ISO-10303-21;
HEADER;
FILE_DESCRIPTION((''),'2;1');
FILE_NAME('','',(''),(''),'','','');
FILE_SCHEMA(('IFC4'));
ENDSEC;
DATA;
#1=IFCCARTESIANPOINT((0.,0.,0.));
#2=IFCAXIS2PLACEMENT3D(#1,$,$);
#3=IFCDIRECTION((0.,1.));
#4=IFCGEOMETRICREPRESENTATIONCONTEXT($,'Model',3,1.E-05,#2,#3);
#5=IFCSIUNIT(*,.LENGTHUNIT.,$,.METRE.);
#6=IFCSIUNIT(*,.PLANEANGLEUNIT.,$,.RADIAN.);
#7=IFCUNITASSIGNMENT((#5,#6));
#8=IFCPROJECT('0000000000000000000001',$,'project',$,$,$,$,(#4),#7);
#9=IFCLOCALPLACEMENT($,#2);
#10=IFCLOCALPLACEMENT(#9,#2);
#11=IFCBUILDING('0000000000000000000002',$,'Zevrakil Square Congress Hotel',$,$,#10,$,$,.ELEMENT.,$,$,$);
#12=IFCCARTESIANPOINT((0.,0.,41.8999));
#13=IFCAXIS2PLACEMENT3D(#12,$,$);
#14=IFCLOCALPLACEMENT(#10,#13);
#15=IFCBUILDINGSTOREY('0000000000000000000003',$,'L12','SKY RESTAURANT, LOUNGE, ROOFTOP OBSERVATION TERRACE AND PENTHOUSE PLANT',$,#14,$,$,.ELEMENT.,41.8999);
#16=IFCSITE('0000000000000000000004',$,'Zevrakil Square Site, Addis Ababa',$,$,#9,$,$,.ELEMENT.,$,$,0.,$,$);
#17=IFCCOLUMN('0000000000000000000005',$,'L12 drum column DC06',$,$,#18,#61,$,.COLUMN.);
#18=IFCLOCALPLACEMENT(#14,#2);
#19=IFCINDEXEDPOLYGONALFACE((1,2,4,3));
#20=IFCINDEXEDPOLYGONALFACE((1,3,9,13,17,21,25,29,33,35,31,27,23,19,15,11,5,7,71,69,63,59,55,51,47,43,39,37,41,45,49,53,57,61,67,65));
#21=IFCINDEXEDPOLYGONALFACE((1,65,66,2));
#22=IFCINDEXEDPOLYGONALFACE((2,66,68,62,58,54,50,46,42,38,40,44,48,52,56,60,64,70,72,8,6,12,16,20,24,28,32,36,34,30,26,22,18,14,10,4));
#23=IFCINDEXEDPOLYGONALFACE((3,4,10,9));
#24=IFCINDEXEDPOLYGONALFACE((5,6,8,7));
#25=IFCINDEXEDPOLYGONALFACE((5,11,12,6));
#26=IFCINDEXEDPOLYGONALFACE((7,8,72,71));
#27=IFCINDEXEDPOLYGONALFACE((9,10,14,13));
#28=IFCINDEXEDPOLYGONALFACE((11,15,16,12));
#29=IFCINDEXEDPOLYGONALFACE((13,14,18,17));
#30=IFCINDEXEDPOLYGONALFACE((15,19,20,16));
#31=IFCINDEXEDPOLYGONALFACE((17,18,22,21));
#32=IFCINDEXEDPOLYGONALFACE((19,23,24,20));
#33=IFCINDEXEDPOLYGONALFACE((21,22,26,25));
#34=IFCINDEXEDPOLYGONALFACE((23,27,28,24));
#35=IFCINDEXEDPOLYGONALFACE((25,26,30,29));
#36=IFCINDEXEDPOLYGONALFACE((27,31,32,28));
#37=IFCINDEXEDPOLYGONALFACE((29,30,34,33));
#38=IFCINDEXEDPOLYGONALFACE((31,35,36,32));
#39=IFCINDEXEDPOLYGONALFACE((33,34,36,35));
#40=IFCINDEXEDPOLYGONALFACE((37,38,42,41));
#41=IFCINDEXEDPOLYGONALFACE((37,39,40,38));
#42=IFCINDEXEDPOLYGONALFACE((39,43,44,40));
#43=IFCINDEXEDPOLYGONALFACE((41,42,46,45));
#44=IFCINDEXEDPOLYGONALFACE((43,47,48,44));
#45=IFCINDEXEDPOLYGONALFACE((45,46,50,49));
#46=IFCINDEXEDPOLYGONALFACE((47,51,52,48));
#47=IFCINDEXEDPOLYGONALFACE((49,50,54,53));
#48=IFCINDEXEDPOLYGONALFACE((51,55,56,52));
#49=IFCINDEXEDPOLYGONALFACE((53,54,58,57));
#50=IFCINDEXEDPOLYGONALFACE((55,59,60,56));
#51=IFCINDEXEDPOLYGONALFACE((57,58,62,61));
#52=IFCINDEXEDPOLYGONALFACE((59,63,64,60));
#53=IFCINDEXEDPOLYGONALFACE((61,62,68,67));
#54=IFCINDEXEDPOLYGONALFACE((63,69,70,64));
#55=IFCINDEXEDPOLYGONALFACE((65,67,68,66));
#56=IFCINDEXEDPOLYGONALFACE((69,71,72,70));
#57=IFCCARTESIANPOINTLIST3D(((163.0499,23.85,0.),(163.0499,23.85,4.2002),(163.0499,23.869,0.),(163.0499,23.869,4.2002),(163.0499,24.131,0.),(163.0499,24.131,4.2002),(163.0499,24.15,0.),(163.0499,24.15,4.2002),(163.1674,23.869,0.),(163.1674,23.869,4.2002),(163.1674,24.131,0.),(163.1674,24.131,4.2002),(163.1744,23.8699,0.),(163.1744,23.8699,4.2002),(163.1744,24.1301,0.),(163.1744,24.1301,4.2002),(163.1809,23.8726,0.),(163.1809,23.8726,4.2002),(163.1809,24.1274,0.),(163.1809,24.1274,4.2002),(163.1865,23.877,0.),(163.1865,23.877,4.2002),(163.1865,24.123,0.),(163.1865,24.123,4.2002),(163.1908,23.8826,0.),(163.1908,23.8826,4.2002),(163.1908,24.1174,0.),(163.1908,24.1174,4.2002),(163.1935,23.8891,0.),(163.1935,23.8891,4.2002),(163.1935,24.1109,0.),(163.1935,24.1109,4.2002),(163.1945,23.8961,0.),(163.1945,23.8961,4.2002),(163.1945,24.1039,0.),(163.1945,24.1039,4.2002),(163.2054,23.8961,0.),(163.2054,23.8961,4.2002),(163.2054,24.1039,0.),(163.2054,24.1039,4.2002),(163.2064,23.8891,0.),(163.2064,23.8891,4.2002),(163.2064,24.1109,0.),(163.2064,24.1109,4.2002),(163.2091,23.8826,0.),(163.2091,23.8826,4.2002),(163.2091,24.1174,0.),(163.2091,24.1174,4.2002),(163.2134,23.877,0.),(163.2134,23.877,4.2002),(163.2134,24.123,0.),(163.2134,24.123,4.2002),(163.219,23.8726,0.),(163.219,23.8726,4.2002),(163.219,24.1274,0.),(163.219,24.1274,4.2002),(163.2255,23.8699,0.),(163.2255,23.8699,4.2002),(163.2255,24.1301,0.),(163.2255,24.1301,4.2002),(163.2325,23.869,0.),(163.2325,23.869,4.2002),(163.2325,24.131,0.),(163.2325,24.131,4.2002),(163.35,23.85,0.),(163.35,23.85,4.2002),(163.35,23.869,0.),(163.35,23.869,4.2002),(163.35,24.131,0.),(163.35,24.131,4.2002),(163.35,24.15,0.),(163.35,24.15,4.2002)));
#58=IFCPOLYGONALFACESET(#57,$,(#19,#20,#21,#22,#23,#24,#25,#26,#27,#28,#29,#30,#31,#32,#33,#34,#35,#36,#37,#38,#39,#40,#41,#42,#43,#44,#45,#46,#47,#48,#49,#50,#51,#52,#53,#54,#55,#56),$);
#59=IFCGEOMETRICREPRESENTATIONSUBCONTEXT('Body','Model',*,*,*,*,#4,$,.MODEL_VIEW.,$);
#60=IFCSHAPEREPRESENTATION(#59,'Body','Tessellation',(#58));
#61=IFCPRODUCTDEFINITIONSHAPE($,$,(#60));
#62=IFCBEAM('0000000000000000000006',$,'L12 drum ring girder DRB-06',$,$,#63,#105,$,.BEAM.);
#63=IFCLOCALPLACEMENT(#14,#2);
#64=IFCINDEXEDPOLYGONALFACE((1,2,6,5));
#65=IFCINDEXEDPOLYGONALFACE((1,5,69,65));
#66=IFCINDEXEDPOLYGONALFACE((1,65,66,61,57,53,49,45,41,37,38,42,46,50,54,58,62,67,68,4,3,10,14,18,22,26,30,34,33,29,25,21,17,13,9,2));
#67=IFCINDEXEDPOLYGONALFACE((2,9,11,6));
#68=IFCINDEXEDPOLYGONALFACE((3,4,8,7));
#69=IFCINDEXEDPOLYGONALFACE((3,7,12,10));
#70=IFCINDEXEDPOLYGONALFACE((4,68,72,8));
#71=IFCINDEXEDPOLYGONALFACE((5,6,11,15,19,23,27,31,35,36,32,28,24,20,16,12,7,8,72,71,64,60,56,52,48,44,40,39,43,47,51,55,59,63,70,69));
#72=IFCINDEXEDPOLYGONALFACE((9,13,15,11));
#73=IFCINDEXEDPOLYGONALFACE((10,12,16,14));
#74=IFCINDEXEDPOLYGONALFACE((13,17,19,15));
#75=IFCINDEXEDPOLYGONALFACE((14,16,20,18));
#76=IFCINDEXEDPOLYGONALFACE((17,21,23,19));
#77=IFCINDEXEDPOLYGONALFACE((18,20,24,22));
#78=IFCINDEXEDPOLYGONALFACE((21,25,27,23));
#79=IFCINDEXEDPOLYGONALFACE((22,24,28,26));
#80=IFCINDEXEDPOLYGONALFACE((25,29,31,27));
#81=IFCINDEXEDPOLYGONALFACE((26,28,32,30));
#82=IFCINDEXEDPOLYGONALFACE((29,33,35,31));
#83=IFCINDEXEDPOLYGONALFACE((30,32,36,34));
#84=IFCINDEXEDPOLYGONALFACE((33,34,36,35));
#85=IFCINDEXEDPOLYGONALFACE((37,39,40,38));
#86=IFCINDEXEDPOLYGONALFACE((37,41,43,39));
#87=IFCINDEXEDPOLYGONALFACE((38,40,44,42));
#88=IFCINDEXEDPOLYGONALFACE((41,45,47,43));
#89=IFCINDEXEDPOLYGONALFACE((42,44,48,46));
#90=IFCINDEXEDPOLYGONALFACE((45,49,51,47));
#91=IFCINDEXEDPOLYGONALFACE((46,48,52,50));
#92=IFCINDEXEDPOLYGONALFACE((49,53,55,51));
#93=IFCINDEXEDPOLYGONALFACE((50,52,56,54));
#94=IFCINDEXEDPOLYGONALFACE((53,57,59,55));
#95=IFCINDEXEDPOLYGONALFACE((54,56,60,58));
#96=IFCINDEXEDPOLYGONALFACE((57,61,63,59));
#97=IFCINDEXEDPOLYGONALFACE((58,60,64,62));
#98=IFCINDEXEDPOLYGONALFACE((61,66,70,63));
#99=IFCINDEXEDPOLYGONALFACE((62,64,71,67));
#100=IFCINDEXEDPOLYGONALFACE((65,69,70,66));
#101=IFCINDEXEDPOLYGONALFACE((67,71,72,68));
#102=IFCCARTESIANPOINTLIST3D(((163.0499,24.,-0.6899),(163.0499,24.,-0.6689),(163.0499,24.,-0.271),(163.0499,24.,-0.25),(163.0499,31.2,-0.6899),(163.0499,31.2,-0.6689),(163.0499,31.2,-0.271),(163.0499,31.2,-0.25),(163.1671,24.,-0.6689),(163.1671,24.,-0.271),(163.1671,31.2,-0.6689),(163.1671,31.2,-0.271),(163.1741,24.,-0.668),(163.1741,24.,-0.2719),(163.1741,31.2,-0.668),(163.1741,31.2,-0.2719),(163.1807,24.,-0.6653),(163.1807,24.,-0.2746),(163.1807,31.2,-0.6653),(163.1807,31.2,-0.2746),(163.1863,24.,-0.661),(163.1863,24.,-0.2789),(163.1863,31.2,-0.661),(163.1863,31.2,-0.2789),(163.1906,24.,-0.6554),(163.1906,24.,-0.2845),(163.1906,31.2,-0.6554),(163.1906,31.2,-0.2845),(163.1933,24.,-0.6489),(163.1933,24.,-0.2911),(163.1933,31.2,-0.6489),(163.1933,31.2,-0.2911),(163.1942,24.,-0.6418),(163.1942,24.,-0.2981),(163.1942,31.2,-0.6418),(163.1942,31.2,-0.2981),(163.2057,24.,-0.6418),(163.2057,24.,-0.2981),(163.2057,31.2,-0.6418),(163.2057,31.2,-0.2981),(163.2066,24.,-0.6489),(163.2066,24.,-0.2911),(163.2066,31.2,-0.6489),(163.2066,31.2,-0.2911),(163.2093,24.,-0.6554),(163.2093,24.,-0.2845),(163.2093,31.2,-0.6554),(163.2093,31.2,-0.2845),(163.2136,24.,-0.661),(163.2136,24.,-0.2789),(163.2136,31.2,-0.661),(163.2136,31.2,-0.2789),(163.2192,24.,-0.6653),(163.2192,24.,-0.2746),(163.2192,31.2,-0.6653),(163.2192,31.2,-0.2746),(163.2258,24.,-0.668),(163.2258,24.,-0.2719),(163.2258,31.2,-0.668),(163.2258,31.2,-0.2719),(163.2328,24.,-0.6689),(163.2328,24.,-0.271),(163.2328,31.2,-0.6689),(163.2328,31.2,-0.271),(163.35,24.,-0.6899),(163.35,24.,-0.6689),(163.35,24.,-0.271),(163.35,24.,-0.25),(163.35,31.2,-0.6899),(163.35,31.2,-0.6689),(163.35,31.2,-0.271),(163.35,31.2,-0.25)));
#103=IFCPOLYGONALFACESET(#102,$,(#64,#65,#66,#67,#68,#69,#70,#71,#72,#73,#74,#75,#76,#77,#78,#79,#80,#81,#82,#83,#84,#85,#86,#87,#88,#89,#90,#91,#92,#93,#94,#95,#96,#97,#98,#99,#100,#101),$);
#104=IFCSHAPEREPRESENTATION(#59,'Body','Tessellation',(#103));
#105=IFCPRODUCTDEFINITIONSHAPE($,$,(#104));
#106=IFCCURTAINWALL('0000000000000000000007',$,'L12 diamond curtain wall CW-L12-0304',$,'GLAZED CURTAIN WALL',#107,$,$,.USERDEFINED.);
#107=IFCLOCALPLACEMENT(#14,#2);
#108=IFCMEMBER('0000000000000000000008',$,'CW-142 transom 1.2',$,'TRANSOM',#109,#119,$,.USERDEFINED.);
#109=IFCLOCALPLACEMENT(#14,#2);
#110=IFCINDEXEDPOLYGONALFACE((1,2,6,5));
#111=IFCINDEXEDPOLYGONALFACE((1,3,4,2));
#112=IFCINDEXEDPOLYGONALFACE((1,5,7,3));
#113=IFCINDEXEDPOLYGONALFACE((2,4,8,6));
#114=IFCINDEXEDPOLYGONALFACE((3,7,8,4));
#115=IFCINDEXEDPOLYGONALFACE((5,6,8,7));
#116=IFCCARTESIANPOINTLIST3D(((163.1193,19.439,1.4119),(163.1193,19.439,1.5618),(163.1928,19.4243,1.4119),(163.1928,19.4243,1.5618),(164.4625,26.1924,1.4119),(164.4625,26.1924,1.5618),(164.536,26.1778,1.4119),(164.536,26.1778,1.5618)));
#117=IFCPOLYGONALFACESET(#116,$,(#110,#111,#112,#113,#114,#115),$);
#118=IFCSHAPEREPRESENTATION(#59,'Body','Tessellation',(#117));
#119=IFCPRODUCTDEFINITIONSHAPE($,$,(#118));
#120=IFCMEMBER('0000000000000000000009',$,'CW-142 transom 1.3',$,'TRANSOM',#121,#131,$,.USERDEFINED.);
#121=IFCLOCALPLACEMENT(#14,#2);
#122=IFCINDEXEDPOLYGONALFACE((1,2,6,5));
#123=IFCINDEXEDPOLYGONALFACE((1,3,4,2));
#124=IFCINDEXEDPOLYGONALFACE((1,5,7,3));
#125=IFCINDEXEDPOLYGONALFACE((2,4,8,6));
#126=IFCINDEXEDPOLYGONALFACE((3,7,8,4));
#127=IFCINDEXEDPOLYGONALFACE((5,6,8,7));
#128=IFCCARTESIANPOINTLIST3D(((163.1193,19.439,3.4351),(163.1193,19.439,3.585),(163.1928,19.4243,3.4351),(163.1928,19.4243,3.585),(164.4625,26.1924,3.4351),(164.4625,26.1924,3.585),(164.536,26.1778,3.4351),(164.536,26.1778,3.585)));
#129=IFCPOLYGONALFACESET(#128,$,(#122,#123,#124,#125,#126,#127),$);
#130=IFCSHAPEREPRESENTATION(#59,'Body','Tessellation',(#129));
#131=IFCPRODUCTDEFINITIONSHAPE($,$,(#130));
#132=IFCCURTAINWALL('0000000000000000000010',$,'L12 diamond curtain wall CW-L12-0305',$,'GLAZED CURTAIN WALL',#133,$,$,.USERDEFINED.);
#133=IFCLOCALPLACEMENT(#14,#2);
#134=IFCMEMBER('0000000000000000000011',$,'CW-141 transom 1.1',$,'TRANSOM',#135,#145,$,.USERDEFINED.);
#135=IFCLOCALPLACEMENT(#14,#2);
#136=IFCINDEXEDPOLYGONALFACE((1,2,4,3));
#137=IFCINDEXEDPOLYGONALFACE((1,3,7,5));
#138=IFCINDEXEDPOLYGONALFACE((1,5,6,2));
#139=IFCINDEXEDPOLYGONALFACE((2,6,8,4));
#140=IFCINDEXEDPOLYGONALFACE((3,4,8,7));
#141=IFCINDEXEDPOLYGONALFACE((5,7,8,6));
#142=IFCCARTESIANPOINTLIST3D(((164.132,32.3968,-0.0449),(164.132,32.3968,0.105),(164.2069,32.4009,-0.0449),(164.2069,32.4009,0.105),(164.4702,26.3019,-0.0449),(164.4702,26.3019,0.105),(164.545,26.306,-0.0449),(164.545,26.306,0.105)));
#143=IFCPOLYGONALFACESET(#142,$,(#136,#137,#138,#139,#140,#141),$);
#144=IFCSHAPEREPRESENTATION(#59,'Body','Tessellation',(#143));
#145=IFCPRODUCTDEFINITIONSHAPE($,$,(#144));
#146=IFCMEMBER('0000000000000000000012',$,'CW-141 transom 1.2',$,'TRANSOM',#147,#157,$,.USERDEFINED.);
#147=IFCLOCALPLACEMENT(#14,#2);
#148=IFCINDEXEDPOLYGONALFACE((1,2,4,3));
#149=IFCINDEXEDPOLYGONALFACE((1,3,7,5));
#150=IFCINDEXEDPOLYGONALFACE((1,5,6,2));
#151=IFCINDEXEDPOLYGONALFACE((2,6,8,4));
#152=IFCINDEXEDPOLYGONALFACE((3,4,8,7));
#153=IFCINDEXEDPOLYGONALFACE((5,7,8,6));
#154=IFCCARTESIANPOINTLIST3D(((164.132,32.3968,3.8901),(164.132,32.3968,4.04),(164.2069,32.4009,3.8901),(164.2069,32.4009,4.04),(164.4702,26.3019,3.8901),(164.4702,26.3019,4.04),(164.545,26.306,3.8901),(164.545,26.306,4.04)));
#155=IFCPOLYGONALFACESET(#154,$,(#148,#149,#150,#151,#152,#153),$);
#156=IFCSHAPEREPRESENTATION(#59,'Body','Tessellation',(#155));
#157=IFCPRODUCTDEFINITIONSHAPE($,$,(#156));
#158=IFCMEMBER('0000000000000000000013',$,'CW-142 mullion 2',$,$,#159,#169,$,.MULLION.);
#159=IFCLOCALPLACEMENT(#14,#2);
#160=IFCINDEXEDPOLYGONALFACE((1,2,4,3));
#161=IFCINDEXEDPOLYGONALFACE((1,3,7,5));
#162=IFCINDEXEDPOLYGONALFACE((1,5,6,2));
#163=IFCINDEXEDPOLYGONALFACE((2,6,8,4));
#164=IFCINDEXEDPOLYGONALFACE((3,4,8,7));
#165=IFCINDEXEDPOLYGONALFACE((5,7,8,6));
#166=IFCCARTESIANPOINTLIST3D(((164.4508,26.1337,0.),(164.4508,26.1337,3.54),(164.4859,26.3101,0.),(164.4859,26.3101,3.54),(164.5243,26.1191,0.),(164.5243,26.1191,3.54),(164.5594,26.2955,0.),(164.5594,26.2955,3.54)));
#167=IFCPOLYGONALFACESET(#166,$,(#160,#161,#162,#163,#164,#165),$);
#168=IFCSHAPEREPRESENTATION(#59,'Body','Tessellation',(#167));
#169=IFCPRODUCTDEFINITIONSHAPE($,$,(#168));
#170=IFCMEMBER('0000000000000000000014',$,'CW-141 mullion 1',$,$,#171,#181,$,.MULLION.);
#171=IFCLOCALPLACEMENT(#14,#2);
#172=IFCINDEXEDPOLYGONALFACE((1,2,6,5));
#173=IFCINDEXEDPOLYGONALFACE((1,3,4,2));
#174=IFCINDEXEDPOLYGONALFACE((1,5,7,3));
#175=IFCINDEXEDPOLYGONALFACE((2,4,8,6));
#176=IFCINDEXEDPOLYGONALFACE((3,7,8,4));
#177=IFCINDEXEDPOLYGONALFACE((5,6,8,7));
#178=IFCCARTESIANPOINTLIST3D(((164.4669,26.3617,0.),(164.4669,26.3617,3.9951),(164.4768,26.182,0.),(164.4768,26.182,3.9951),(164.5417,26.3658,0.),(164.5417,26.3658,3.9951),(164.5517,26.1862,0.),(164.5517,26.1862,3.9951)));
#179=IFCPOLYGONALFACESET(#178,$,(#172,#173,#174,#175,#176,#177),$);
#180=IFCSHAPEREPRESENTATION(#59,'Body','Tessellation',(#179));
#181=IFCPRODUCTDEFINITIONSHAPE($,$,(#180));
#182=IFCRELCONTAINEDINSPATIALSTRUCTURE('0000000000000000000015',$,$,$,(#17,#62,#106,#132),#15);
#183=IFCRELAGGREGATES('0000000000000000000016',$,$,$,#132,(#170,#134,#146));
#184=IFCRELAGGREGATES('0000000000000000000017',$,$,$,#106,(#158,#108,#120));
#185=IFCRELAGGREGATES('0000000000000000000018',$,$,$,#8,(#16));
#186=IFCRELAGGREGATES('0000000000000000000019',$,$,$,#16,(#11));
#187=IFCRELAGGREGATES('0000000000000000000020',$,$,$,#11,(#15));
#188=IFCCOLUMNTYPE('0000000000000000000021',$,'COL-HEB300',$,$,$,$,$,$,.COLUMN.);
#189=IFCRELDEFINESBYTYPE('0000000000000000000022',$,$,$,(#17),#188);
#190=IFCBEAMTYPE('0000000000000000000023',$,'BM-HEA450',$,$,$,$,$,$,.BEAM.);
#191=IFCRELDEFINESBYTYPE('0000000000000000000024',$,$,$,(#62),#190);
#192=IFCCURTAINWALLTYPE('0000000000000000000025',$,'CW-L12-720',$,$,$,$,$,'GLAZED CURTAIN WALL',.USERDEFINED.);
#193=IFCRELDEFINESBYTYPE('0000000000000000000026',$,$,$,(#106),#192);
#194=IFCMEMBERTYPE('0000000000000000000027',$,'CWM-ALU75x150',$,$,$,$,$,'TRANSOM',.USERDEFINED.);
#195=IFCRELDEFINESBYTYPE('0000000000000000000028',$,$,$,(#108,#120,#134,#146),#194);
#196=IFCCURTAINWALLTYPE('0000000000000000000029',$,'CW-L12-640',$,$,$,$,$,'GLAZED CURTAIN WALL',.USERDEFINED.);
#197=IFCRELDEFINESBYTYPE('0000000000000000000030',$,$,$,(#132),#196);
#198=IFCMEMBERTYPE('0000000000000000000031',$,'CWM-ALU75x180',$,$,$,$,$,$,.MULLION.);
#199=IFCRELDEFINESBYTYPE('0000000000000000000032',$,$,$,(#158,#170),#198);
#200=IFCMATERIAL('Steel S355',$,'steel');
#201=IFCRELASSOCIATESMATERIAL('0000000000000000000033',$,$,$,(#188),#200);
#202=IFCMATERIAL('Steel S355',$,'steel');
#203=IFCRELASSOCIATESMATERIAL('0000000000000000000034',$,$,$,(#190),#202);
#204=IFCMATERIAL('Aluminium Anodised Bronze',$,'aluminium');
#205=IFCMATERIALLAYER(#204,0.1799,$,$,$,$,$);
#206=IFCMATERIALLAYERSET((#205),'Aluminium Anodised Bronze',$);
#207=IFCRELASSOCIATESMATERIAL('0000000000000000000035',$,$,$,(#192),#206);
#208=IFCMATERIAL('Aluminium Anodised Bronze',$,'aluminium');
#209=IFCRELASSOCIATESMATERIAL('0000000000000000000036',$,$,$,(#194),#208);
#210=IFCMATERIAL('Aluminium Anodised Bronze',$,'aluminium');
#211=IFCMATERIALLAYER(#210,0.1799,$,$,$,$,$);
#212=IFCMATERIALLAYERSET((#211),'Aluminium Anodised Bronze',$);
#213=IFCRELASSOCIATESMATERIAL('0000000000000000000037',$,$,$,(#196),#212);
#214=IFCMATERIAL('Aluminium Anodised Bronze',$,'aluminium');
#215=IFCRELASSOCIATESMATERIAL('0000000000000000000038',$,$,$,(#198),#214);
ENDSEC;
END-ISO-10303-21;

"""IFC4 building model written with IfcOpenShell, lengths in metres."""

from ifc_helpers import new_model, si_unit, direction, frame, origin, origin_2d, place, context, subcontext, project, spatial, rectangle, i_section, extrude, material, layer, layer_set, material_profile, profile_set, type_object, element, aggregate, save


model = new_model("IFC4")

# Units and contexts
model_context = context("Model", 3, precision=1e-05, world=origin(), true_north=direction((0.0, 1.0)))
body_context = subcontext(model_context, "Body", "Model", "MODEL_VIEW")
ifc_project = project(units=[si_unit("LENGTHUNIT", "METRE"), si_unit("PLANEANGLEUNIT", "RADIAN")], contexts=[model_context])

# Site, building, storey
site_placement = place(None, origin())
site = spatial("IfcSite", under=ifc_project, at=site_placement, Name="Zevrakil Square Site, Addis Ababa", CompositionType="ELEMENT", RefElevation=0.0)
building_placement = place(site_placement, origin())
building = spatial("IfcBuilding", under=site, at=building_placement, Name="Zevrakil Square Congress Hotel", CompositionType="ELEMENT")
storey_placement = place(building_placement, frame((0.0, 0.0, 41.8999)))
storey = spatial("IfcBuildingStorey", under=building, at=storey_placement, Name="L12", Description="SKY RESTAURANT, LOUNGE, ROOFTOP OBSERVATION TERRACE AND PENTHOUSE PLANT", CompositionType="ELEMENT", Elevation=41.8999)

# Column
ifc_material_1 = material(Name="Steel S355", Category="steel")
ifc_material_profile_1 = material_profile(ifc_material_1, i_section(OverallWidth=0.3, OverallDepth=0.3, WebThickness=0.011, FlangeThickness=0.019, FilletRadius=0.0271, at=origin_2d()), Name="HEB 300")
ifc_profile_set_1 = profile_set([ifc_material_profile_1], Name="Steel S355")
column_type = type_object("IfcColumnType", Name="COL-HEB300", PredefinedType="COLUMN", material=ifc_profile_set_1)
column_placement = place(storey_placement, frame((163.2, 24.0, 0.0), z_axis=(0.0, 0.0, 1.0), x_axis=(1.0, 0.0, 0.0)))
element("IfcColumn", 1, at=column_placement, inside=storey, type_object=column_type, Name="L12 drum column DC06", PredefinedType="COLUMN", context=body_context, shape_type="SweptSolid", body=[
    extrude(i_section(OverallWidth=0.3, OverallDepth=0.3, WebThickness=0.011, FlangeThickness=0.019, FilletRadius=0.0271, at=origin_2d()), origin(), (0.0, 0.0, 1.0), 4.2002),
])

# Beam
ifc_material_2 = material(Name="Steel S355", Category="steel")
ifc_material_profile_2 = material_profile(ifc_material_2, i_section(OverallWidth=0.3, OverallDepth=0.4399, WebThickness=0.0115, FlangeThickness=0.021, FilletRadius=0.0271, at=origin_2d()), Name="HEA 450")
ifc_profile_set_2 = profile_set([ifc_material_profile_2], Name="Steel S355")
beam_type_1 = type_object("IfcBeamType", Name="BM-HEA450", PredefinedType="BEAM", material=ifc_profile_set_2)
beam_1_placement = place(storey_placement, frame((163.2, 24.0, -0.47), z_axis=(0.0, 1.0, 0.0), x_axis=(-1.0, 0.0, 0.0)))
element("IfcBeam", 2, at=beam_1_placement, inside=storey, type_object=beam_type_1, Name="L12 drum ring girder DRB-06", PredefinedType="BEAM", context=body_context, shape_type="SweptSolid", body=[
    extrude(i_section(OverallWidth=0.3, OverallDepth=0.4399, WebThickness=0.0115, FlangeThickness=0.021, FilletRadius=0.0271, at=origin_2d()), origin(), (0.0, 0.0, 1.0), 7.2),
])

# Curtain walls, members
ifc_material_3 = material(Name="Aluminium Anodised Bronze", Category="aluminium")
ifc_layer_1 = layer(ifc_material_3, 0.1799)
ifc_layer_set_1 = layer_set([ifc_layer_1], Name="Aluminium Anodised Bronze")
curtain_wall_type_1 = type_object("IfcCurtainWallType", Name="CW-L12-720", ElementType="GLAZED CURTAIN WALL", PredefinedType="USERDEFINED", material=ifc_layer_set_1)
curtain_wall_1_placement = place(storey_placement, origin())
curtain_wall_1 = element("IfcCurtainWall", 3, at=curtain_wall_1_placement, inside=storey, type_object=curtain_wall_type_1, Name="L12 diamond curtain wall CW-L12-0304", ObjectType="GLAZED CURTAIN WALL", PredefinedType="USERDEFINED")
ifc_material_4 = material(Name="Aluminium Anodised Bronze", Category="aluminium")
ifc_material_profile_3 = material_profile(ifc_material_4, rectangle(XDim=0.075, YDim=0.1499, at=origin_2d()), Name="ALU 75x150")
ifc_profile_set_3 = profile_set([ifc_material_profile_3], Name="Aluminium Anodised Bronze")
member_type_1 = type_object("IfcMemberType", Name="CWM-ALU75x150", ElementType="TRANSOM", PredefinedType="USERDEFINED", material=ifc_profile_set_3)
member_1_placement = place(storey_placement, frame((163.156, 19.4316, 1.4868), z_axis=(0.19508, 0.980787, 0.0), x_axis=(-0.980787, 0.19508, 0.0)))
member_1 = element("IfcMember", 4, at=member_1_placement, type_object=member_type_1, Name="CW-142 transom 1.2", ObjectType="TRANSOM", PredefinedType="USERDEFINED", context=body_context, shape_type="SweptSolid", body=[
    extrude(rectangle(XDim=0.075, YDim=0.1499, at=origin_2d()), origin(), (0.0, 0.0, 1.0), 6.8857),
])
member_2_placement = place(storey_placement, frame((163.156, 19.4316, 3.51), z_axis=(0.19508, 0.980787, 0.0), x_axis=(-0.980787, 0.19508, 0.0)))
member_2 = element("IfcMember", 5, at=member_2_placement, type_object=member_type_1, Name="CW-142 transom 1.3", ObjectType="TRANSOM", PredefinedType="USERDEFINED", context=body_context, shape_type="SweptSolid", body=[
    extrude(rectangle(XDim=0.075, YDim=0.1499, at=origin_2d()), origin(), (0.0, 0.0, 1.0), 6.8857),
])
ifc_material_5 = material(Name="Aluminium Anodised Bronze", Category="aluminium")
ifc_layer_2 = layer(ifc_material_5, 0.1799)
ifc_layer_set_2 = layer_set([ifc_layer_2], Name="Aluminium Anodised Bronze")
curtain_wall_type_2 = type_object("IfcCurtainWallType", Name="CW-L12-640", ElementType="GLAZED CURTAIN WALL", PredefinedType="USERDEFINED", material=ifc_layer_set_2)
curtain_wall_2_placement = place(storey_placement, origin())
curtain_wall_2 = element("IfcCurtainWall", 6, at=curtain_wall_2_placement, inside=storey, type_object=curtain_wall_type_2, Name="L12 diamond curtain wall CW-L12-0305", ObjectType="GLAZED CURTAIN WALL", PredefinedType="USERDEFINED")
member_3_placement = place(storey_placement, frame((164.5076, 26.304, 0.03), z_axis=(-0.055392, 0.998465, 0.0), x_axis=(-0.998465, -0.055392, 0.0)))
member_3 = element("IfcMember", 7, at=member_3_placement, type_object=member_type_1, Name="CW-141 transom 1.1", ObjectType="TRANSOM", PredefinedType="USERDEFINED", context=body_context, shape_type="SweptSolid", body=[
    extrude(rectangle(XDim=0.075, YDim=0.1499, at=origin_2d()), origin(), (0.0, 0.0, 1.0), 6.1042),
])
member_4_placement = place(storey_placement, frame((164.5076, 26.304, 3.9651), z_axis=(-0.055392, 0.998465, 0.0), x_axis=(-0.998465, -0.055392, 0.0)))
member_4 = element("IfcMember", 8, at=member_4_placement, type_object=member_type_1, Name="CW-141 transom 1.2", ObjectType="TRANSOM", PredefinedType="USERDEFINED", context=body_context, shape_type="SweptSolid", body=[
    extrude(rectangle(XDim=0.075, YDim=0.1499, at=origin_2d()), origin(), (0.0, 0.0, 1.0), 6.1042),
])

# Members
ifc_material_6 = material(Name="Aluminium Anodised Bronze", Category="aluminium")
ifc_material_profile_4 = material_profile(ifc_material_6, rectangle(XDim=0.075, YDim=0.1799, at=origin_2d()), Name="ALU 75x180")
ifc_profile_set_4 = profile_set([ifc_material_profile_4], Name="Aluminium Anodised Bronze")
member_type_2 = type_object("IfcMemberType", Name="CWM-ALU75x180", PredefinedType="MULLION", material=ifc_profile_set_4)
member_5_placement = place(storey_placement, frame((164.5051, 26.2146, 0.0), z_axis=(0.0, 0.0, 1.0), x_axis=(-0.980787, 0.195084, 0.0)))
member_5 = element("IfcMember", 9, at=member_5_placement, type_object=member_type_2, Name="CW-142 mullion 2", PredefinedType="MULLION", context=body_context, shape_type="SweptSolid", body=[
    extrude(rectangle(XDim=0.075, YDim=0.1799, at=origin_2d()), origin(), (0.0, 0.0, 1.0), 3.54),
])
member_6_placement = place(storey_placement, frame((164.5093, 26.2739, 0.0), z_axis=(0.0, 0.0, 1.0), x_axis=(-0.998463, -0.055427, 0.0)))
member_6 = element("IfcMember", 10, at=member_6_placement, type_object=member_type_2, Name="CW-141 mullion 1", PredefinedType="MULLION", context=body_context, shape_type="SweptSolid", body=[
    extrude(rectangle(XDim=0.075, YDim=0.1799, at=origin_2d()), origin(), (0.0, 0.0, 1.0), 3.9951),
])
aggregate(curtain_wall_2, [member_6, member_3, member_4])

aggregate(curtain_wall_1, [member_5, member_1, member_2])

save(model, "model.ifc")
